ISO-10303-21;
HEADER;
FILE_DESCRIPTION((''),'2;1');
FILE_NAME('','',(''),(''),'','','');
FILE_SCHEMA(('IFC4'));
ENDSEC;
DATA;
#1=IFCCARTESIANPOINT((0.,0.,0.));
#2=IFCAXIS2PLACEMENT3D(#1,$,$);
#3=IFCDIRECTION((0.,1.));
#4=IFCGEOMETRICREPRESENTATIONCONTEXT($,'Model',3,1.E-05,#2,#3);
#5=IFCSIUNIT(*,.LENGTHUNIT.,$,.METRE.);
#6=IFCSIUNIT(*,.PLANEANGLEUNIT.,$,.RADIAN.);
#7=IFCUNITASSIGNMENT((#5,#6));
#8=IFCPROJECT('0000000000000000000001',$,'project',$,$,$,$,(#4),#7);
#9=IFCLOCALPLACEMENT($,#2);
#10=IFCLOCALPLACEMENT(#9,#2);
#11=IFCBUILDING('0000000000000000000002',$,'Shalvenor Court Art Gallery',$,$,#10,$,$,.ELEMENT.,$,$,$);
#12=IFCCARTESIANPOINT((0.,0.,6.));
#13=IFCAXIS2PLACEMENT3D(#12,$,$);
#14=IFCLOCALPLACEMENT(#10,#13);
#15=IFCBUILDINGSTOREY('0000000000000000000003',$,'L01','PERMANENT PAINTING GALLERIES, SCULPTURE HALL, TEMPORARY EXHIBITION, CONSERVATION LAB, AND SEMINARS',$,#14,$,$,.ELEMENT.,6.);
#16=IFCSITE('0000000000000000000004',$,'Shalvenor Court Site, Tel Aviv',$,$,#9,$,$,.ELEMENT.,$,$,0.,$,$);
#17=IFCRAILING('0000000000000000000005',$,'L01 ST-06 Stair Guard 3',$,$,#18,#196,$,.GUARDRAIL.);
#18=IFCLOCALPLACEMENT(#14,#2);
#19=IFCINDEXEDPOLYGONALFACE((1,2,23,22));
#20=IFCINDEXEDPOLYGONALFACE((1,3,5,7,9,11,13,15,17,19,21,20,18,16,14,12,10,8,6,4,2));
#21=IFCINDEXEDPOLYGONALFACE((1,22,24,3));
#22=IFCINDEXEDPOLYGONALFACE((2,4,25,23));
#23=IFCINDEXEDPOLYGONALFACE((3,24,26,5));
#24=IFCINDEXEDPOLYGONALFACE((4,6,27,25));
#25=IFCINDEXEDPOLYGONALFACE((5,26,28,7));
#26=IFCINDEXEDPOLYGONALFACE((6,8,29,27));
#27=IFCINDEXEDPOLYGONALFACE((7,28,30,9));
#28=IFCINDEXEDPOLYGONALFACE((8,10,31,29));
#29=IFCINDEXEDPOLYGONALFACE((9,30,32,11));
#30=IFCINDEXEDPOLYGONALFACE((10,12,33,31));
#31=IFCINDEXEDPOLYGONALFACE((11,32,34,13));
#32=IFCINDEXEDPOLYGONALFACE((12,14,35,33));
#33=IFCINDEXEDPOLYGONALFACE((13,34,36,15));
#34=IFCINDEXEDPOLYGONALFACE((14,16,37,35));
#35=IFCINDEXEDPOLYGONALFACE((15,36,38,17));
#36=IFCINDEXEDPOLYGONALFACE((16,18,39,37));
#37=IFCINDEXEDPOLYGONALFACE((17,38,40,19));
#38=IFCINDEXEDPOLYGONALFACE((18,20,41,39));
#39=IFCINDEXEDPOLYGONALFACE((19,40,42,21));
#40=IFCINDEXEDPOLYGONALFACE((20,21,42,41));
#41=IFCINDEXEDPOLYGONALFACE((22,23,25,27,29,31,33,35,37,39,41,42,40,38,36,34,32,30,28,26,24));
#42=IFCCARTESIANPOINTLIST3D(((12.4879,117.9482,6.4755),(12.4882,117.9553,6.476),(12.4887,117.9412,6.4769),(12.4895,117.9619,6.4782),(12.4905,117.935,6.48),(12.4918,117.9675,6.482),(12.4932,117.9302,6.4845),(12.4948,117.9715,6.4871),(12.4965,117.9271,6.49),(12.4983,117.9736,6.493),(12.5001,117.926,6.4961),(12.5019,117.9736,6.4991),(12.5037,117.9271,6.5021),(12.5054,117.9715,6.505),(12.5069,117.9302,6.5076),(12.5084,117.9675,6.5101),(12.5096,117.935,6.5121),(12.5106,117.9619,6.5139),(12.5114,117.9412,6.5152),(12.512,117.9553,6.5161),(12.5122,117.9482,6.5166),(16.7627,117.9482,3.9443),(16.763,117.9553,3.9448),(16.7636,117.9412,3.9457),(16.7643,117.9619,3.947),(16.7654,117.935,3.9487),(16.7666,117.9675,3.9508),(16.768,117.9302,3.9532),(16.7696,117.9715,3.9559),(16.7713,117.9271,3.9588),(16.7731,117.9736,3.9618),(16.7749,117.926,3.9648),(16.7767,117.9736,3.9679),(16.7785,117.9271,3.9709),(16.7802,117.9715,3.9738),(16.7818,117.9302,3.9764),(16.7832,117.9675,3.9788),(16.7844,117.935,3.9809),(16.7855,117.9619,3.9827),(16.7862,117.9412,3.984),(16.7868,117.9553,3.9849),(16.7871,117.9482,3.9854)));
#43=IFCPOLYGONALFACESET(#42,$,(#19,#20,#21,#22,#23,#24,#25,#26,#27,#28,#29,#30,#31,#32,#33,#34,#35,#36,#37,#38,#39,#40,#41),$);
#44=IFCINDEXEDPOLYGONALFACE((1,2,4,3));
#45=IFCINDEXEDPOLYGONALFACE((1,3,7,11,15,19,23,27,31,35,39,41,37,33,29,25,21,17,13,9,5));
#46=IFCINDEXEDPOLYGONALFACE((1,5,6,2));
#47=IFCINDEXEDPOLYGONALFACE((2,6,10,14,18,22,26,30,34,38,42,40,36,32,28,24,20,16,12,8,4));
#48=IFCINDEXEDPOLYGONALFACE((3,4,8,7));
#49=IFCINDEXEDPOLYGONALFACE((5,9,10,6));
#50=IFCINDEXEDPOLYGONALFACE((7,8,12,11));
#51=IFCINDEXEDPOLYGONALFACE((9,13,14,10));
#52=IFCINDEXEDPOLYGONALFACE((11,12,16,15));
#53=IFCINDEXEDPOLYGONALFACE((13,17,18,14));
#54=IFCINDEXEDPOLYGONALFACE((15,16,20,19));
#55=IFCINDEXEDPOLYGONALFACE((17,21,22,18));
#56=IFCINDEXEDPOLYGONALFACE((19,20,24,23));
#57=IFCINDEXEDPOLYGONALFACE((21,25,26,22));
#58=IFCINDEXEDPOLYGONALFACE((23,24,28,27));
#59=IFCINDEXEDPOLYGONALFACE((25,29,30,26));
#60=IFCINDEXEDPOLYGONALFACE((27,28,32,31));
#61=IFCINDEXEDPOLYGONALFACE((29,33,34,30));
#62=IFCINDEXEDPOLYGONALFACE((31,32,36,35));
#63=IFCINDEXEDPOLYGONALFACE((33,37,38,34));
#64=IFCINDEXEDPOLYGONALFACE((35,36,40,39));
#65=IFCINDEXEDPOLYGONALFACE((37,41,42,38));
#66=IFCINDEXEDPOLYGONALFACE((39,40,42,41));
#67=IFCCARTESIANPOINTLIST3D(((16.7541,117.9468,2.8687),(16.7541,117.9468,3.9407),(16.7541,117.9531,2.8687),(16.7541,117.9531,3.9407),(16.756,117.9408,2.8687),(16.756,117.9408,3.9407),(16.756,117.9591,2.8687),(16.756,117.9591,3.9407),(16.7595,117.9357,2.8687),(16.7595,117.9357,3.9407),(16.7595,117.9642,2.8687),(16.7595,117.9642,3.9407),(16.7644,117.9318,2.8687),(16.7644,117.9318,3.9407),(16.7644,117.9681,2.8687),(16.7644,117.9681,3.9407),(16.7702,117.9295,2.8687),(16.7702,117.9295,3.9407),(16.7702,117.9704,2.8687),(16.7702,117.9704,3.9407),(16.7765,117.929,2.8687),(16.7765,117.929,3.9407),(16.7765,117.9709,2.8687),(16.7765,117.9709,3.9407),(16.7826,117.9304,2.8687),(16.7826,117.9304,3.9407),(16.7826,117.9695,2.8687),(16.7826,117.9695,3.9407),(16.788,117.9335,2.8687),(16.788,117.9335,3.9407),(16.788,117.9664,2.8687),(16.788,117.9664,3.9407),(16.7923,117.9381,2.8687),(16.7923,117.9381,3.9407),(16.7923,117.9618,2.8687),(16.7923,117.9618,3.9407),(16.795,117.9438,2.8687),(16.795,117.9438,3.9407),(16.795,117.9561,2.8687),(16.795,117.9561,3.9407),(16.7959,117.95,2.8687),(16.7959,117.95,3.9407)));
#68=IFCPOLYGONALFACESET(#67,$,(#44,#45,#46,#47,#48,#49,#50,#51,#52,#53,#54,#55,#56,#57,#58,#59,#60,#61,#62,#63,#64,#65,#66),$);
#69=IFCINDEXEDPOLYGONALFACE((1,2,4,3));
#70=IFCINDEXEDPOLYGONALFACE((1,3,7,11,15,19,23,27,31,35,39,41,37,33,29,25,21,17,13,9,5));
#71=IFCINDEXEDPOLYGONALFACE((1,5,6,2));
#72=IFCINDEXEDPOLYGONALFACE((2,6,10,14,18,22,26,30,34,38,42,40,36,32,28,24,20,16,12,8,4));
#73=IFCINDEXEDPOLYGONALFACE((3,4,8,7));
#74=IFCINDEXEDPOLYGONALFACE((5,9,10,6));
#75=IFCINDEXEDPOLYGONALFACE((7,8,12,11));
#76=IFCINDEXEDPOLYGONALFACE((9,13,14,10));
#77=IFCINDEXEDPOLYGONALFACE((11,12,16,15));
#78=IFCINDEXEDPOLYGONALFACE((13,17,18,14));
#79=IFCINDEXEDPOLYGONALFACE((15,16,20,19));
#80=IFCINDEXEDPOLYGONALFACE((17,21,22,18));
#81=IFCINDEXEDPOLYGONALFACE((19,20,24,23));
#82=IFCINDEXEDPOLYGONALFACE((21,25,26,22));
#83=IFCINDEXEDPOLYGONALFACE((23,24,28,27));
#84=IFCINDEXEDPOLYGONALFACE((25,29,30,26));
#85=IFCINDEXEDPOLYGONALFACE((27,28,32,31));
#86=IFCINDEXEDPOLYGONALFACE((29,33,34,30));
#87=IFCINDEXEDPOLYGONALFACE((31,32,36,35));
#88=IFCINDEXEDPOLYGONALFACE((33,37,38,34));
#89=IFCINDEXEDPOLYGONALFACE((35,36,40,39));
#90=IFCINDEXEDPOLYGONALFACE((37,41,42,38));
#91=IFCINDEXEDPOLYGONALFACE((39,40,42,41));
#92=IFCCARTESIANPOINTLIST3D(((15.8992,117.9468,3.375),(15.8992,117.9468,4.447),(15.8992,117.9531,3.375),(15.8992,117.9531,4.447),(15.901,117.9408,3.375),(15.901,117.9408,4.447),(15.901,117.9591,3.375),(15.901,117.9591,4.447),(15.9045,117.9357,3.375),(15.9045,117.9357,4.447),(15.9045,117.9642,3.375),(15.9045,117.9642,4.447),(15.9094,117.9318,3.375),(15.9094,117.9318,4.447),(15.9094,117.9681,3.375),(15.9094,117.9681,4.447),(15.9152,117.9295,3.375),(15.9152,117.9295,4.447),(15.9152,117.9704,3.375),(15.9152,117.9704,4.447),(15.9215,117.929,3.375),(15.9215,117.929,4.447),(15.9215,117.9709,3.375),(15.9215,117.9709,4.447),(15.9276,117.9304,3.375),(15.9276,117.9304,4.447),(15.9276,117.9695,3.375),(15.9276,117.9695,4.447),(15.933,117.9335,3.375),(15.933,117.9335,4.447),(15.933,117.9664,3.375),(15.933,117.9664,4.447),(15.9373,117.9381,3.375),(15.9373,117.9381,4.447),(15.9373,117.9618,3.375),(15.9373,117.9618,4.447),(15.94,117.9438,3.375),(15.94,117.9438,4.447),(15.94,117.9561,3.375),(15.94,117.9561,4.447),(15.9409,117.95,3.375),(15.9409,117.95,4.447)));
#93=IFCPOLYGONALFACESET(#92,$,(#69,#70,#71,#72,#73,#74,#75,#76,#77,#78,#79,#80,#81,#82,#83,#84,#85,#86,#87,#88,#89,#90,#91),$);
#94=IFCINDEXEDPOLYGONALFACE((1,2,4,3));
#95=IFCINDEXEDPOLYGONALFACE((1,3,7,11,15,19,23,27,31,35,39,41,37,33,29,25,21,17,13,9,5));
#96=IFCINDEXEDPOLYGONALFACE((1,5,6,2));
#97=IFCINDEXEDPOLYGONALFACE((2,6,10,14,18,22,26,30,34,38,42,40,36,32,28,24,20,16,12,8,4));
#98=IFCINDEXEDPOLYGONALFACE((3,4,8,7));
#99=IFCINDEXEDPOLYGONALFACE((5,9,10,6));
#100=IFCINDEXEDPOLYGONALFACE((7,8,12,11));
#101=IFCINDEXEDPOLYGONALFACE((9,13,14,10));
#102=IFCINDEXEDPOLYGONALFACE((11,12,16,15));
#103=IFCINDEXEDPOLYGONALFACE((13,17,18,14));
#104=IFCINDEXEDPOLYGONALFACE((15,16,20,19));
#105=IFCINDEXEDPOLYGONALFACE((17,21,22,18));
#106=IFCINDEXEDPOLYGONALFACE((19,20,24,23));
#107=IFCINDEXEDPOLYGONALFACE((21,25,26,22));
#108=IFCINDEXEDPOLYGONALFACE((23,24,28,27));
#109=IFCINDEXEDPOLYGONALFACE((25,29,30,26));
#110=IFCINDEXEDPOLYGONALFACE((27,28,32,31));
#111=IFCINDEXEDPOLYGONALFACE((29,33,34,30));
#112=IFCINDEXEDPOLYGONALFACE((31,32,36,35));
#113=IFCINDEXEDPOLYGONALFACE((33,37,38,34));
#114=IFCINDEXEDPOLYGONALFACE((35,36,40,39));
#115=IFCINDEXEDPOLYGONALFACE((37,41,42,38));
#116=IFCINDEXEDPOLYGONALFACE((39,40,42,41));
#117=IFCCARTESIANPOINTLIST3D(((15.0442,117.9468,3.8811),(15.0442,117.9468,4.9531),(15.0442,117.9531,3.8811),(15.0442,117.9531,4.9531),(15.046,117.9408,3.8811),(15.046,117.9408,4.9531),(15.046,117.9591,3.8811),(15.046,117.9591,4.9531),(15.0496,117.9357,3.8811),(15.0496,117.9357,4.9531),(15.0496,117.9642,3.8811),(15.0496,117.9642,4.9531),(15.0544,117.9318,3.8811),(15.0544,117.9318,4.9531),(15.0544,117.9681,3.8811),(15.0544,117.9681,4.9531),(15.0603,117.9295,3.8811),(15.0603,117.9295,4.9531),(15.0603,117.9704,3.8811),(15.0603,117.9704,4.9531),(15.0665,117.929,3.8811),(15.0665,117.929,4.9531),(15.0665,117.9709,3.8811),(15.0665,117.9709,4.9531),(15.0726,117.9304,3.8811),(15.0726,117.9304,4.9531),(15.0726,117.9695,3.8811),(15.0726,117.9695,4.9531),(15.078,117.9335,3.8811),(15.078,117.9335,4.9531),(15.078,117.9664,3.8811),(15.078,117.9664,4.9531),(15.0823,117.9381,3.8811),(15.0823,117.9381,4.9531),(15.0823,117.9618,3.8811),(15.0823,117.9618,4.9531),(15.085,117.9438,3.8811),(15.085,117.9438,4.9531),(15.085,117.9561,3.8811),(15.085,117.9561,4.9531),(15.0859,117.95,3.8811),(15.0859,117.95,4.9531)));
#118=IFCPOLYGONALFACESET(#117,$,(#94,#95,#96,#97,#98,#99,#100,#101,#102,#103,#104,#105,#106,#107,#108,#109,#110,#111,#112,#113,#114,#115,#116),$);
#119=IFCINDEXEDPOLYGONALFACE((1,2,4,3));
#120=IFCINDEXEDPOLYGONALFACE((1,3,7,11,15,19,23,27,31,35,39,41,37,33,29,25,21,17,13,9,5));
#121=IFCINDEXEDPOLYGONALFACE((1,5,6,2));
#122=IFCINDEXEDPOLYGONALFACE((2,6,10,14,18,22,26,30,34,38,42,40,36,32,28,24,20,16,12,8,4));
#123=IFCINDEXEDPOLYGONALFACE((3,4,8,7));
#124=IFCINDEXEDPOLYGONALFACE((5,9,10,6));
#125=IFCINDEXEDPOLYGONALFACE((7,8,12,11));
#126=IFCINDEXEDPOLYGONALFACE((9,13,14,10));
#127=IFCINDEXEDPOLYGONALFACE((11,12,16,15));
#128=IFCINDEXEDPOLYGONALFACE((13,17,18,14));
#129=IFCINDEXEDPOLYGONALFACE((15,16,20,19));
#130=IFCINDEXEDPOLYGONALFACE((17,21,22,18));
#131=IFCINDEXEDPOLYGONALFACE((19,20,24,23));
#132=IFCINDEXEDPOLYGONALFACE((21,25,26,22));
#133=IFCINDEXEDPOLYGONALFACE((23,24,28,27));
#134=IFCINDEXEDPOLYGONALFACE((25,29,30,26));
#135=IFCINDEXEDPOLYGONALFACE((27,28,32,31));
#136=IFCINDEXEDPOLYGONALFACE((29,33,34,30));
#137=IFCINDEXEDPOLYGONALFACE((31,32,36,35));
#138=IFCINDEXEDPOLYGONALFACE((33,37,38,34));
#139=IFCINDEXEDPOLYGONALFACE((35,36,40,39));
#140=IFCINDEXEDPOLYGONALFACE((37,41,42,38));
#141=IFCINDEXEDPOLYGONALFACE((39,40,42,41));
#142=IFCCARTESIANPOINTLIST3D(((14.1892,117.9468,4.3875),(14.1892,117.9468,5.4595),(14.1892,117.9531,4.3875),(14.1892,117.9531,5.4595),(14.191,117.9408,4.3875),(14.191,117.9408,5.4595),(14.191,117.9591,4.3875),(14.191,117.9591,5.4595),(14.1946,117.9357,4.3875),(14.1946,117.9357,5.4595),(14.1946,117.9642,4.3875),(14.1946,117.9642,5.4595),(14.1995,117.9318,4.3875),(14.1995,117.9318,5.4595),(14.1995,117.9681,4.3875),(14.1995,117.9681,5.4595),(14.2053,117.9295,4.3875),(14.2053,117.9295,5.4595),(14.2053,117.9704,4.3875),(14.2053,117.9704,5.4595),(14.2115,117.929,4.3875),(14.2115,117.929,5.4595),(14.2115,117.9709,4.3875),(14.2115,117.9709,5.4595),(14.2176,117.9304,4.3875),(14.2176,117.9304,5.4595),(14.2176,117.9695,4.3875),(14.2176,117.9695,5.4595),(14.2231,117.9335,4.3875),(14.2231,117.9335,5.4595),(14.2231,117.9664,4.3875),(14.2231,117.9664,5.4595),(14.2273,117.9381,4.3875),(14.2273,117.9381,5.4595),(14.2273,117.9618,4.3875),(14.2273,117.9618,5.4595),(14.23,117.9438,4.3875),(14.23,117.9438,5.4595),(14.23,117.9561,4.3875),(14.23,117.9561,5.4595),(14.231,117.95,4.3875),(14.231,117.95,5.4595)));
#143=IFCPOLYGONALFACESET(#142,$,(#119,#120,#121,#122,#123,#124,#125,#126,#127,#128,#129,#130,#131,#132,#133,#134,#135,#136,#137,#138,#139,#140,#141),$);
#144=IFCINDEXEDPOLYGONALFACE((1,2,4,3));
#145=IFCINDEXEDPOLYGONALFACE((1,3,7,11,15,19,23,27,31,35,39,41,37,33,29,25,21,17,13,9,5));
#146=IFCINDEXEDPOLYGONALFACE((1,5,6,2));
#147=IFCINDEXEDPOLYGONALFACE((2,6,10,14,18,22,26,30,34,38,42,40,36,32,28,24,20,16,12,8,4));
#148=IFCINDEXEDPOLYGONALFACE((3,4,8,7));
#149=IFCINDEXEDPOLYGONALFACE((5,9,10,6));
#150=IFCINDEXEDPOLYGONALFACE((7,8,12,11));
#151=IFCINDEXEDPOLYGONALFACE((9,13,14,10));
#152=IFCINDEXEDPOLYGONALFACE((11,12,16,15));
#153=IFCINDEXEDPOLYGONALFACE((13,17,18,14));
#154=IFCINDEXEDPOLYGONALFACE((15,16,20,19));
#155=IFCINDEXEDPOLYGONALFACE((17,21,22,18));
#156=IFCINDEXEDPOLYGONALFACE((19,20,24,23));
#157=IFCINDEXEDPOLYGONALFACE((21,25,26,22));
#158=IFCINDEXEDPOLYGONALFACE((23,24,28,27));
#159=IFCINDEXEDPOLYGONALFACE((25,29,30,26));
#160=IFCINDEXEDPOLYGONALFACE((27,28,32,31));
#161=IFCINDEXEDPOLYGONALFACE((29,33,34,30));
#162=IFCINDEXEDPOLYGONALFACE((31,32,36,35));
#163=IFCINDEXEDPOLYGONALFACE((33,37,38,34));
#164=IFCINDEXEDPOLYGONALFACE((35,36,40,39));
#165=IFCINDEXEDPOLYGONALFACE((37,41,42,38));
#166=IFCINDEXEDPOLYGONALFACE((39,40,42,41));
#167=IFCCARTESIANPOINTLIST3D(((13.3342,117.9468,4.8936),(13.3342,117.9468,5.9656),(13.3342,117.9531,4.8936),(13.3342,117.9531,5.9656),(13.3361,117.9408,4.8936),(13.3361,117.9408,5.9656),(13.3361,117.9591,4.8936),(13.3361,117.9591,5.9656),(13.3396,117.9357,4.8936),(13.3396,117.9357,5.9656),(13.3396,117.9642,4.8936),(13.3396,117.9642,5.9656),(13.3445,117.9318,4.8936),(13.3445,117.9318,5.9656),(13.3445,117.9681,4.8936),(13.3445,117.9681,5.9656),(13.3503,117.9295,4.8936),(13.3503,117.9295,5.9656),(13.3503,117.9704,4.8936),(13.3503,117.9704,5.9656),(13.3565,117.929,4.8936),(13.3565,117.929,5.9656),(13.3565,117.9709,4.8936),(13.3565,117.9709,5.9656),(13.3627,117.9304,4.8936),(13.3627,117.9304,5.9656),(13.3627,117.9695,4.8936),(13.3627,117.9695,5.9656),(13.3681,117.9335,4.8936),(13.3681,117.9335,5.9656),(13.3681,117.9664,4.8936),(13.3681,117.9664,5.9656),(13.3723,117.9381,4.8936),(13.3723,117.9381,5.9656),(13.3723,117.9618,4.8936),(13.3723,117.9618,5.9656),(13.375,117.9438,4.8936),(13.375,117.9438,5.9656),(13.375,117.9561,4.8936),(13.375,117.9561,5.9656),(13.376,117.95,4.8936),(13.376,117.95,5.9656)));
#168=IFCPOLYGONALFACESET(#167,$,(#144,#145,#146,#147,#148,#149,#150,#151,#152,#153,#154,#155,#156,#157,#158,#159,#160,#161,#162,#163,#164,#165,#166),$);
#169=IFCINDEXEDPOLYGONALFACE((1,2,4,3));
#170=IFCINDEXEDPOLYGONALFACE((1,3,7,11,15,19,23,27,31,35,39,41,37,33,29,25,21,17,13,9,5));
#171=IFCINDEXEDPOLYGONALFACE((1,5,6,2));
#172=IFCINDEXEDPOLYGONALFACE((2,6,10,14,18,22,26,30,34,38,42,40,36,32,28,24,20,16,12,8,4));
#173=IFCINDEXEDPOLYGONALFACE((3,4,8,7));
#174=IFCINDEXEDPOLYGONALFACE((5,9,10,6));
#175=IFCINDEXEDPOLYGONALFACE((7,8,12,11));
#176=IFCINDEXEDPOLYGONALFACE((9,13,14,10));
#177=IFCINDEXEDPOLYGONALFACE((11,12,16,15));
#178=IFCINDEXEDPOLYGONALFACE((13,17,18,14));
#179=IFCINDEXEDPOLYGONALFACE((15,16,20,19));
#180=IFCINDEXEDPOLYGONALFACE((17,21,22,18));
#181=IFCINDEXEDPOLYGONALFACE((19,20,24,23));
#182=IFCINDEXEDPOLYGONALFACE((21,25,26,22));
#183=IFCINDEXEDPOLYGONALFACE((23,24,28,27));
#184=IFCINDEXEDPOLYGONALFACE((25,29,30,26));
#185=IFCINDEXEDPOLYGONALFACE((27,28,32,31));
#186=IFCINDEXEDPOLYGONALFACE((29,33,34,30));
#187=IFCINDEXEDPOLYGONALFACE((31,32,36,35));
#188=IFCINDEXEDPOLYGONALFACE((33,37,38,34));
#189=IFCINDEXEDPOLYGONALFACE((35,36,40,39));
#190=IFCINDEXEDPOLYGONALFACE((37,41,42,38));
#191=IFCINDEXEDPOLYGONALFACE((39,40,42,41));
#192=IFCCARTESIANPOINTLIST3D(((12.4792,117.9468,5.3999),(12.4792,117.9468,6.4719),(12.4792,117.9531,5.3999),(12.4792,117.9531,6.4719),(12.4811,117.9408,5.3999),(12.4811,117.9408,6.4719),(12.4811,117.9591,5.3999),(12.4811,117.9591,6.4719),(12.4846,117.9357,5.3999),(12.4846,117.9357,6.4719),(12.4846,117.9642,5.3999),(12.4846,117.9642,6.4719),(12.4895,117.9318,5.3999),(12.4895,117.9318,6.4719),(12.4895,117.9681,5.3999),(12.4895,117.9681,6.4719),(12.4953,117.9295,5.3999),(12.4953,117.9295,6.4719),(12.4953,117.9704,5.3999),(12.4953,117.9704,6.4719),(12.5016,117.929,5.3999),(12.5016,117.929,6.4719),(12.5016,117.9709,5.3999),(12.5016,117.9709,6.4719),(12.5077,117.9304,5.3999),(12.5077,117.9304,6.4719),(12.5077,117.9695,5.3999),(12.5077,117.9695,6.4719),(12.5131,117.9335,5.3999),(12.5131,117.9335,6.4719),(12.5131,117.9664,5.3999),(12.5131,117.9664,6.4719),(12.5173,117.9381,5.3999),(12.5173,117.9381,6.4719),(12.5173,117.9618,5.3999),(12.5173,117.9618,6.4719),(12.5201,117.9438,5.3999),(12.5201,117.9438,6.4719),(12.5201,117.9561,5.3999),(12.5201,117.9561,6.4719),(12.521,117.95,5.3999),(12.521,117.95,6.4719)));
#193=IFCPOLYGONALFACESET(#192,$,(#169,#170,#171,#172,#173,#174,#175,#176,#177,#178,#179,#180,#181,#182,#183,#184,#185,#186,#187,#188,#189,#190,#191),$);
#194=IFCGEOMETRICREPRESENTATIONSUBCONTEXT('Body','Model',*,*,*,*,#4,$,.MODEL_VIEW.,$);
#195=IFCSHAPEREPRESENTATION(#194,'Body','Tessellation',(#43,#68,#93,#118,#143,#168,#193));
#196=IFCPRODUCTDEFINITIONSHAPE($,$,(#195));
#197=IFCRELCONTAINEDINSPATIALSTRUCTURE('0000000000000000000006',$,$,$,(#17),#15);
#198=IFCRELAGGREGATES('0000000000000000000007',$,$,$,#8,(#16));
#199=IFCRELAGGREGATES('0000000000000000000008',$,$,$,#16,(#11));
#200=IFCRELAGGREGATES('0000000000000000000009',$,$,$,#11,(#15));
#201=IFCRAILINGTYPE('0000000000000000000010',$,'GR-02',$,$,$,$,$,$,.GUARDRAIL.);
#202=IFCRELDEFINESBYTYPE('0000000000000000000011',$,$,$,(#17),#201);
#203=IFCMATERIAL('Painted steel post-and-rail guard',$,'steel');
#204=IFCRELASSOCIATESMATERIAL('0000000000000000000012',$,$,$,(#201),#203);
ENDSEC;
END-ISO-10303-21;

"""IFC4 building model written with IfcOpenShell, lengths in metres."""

from ifc_helpers import new_model, si_unit, direction, frame, origin, origin_2d, place, context, subcontext, project, spatial, circle, extrude, material, type_object, element, save


model = new_model("IFC4")

# Units and contexts
model_context = context("Model", 3, precision=1e-05, world=origin(), true_north=direction((0.0, 1.0)))
body_context = subcontext(model_context, "Body", "Model", "MODEL_VIEW")
ifc_project = project(units=[si_unit("LENGTHUNIT", "METRE"), si_unit("PLANEANGLEUNIT", "RADIAN")], contexts=[model_context])

# Site, building, storey
site_placement = place(None, origin())
site = spatial("IfcSite", under=ifc_project, at=site_placement, Name="Shalvenor Court Site, Tel Aviv", CompositionType="ELEMENT", RefElevation=0.0)
building_placement = place(site_placement, origin())
building = spatial("IfcBuilding", under=site, at=building_placement, Name="Shalvenor Court Art Gallery", CompositionType="ELEMENT")
storey_placement = place(building_placement, frame((0.0, 0.0, 6.0)))
storey = spatial("IfcBuildingStorey", under=building, at=storey_placement, Name="L01", Description="PERMANENT PAINTING GALLERIES, SCULPTURE HALL, TEMPORARY EXHIBITION, CONSERVATION LAB, AND SEMINARS", CompositionType="ELEMENT", Elevation=6.0)

# Railing
ifc_material_1 = material(Name="Painted steel post-and-rail guard", Category="steel")
railing_type_1 = type_object("IfcRailingType", Name="GR-02", PredefinedType="GUARDRAIL", material=ifc_material_1)
railing_1_placement = place(storey_placement, frame((16.7749, 117.95, 2.8687)))
element("IfcRailing", 1, at=railing_1_placement, inside=storey, type_object=railing_type_1, Name="L01 ST-06 Stair Guard 3", PredefinedType="GUARDRAIL", context=body_context, shape_type="SweptSolid", body=[
    extrude(circle(Radius=0.0239, at=origin_2d()), frame((0.0, 0.0, 1.0962), z_axis=(-0.86047, 0.0, 0.509501), x_axis=(0.0, -1.0, 0.0)), (0.0, 0.0, 1.0), 4.968),
    extrude(circle(Radius=0.021, at=origin_2d()), origin(), (0.0, 0.0, 1.0), 1.072),
    extrude(circle(Radius=0.021, at=origin_2d()), frame((-0.855, 0.0, 0.5063)), (0.0, 0.0, 1.0), 1.072),
    extrude(circle(Radius=0.021, at=origin_2d()), frame((-1.71, 0.0, 1.0125)), (0.0, 0.0, 1.0), 1.072),
    extrude(circle(Radius=0.021, at=origin_2d()), frame((-2.5649, 0.0, 1.5188)), (0.0, 0.0, 1.0), 1.072),
    extrude(circle(Radius=0.021, at=origin_2d()), frame((-3.4199, 0.0, 2.0249)), (0.0, 0.0, 1.0), 1.072),
    extrude(circle(Radius=0.021, at=origin_2d()), frame((-4.2749, 0.0, 2.5312)), (0.0, 0.0, 1.0), 1.072),
])

save(model, "model.ifc")
